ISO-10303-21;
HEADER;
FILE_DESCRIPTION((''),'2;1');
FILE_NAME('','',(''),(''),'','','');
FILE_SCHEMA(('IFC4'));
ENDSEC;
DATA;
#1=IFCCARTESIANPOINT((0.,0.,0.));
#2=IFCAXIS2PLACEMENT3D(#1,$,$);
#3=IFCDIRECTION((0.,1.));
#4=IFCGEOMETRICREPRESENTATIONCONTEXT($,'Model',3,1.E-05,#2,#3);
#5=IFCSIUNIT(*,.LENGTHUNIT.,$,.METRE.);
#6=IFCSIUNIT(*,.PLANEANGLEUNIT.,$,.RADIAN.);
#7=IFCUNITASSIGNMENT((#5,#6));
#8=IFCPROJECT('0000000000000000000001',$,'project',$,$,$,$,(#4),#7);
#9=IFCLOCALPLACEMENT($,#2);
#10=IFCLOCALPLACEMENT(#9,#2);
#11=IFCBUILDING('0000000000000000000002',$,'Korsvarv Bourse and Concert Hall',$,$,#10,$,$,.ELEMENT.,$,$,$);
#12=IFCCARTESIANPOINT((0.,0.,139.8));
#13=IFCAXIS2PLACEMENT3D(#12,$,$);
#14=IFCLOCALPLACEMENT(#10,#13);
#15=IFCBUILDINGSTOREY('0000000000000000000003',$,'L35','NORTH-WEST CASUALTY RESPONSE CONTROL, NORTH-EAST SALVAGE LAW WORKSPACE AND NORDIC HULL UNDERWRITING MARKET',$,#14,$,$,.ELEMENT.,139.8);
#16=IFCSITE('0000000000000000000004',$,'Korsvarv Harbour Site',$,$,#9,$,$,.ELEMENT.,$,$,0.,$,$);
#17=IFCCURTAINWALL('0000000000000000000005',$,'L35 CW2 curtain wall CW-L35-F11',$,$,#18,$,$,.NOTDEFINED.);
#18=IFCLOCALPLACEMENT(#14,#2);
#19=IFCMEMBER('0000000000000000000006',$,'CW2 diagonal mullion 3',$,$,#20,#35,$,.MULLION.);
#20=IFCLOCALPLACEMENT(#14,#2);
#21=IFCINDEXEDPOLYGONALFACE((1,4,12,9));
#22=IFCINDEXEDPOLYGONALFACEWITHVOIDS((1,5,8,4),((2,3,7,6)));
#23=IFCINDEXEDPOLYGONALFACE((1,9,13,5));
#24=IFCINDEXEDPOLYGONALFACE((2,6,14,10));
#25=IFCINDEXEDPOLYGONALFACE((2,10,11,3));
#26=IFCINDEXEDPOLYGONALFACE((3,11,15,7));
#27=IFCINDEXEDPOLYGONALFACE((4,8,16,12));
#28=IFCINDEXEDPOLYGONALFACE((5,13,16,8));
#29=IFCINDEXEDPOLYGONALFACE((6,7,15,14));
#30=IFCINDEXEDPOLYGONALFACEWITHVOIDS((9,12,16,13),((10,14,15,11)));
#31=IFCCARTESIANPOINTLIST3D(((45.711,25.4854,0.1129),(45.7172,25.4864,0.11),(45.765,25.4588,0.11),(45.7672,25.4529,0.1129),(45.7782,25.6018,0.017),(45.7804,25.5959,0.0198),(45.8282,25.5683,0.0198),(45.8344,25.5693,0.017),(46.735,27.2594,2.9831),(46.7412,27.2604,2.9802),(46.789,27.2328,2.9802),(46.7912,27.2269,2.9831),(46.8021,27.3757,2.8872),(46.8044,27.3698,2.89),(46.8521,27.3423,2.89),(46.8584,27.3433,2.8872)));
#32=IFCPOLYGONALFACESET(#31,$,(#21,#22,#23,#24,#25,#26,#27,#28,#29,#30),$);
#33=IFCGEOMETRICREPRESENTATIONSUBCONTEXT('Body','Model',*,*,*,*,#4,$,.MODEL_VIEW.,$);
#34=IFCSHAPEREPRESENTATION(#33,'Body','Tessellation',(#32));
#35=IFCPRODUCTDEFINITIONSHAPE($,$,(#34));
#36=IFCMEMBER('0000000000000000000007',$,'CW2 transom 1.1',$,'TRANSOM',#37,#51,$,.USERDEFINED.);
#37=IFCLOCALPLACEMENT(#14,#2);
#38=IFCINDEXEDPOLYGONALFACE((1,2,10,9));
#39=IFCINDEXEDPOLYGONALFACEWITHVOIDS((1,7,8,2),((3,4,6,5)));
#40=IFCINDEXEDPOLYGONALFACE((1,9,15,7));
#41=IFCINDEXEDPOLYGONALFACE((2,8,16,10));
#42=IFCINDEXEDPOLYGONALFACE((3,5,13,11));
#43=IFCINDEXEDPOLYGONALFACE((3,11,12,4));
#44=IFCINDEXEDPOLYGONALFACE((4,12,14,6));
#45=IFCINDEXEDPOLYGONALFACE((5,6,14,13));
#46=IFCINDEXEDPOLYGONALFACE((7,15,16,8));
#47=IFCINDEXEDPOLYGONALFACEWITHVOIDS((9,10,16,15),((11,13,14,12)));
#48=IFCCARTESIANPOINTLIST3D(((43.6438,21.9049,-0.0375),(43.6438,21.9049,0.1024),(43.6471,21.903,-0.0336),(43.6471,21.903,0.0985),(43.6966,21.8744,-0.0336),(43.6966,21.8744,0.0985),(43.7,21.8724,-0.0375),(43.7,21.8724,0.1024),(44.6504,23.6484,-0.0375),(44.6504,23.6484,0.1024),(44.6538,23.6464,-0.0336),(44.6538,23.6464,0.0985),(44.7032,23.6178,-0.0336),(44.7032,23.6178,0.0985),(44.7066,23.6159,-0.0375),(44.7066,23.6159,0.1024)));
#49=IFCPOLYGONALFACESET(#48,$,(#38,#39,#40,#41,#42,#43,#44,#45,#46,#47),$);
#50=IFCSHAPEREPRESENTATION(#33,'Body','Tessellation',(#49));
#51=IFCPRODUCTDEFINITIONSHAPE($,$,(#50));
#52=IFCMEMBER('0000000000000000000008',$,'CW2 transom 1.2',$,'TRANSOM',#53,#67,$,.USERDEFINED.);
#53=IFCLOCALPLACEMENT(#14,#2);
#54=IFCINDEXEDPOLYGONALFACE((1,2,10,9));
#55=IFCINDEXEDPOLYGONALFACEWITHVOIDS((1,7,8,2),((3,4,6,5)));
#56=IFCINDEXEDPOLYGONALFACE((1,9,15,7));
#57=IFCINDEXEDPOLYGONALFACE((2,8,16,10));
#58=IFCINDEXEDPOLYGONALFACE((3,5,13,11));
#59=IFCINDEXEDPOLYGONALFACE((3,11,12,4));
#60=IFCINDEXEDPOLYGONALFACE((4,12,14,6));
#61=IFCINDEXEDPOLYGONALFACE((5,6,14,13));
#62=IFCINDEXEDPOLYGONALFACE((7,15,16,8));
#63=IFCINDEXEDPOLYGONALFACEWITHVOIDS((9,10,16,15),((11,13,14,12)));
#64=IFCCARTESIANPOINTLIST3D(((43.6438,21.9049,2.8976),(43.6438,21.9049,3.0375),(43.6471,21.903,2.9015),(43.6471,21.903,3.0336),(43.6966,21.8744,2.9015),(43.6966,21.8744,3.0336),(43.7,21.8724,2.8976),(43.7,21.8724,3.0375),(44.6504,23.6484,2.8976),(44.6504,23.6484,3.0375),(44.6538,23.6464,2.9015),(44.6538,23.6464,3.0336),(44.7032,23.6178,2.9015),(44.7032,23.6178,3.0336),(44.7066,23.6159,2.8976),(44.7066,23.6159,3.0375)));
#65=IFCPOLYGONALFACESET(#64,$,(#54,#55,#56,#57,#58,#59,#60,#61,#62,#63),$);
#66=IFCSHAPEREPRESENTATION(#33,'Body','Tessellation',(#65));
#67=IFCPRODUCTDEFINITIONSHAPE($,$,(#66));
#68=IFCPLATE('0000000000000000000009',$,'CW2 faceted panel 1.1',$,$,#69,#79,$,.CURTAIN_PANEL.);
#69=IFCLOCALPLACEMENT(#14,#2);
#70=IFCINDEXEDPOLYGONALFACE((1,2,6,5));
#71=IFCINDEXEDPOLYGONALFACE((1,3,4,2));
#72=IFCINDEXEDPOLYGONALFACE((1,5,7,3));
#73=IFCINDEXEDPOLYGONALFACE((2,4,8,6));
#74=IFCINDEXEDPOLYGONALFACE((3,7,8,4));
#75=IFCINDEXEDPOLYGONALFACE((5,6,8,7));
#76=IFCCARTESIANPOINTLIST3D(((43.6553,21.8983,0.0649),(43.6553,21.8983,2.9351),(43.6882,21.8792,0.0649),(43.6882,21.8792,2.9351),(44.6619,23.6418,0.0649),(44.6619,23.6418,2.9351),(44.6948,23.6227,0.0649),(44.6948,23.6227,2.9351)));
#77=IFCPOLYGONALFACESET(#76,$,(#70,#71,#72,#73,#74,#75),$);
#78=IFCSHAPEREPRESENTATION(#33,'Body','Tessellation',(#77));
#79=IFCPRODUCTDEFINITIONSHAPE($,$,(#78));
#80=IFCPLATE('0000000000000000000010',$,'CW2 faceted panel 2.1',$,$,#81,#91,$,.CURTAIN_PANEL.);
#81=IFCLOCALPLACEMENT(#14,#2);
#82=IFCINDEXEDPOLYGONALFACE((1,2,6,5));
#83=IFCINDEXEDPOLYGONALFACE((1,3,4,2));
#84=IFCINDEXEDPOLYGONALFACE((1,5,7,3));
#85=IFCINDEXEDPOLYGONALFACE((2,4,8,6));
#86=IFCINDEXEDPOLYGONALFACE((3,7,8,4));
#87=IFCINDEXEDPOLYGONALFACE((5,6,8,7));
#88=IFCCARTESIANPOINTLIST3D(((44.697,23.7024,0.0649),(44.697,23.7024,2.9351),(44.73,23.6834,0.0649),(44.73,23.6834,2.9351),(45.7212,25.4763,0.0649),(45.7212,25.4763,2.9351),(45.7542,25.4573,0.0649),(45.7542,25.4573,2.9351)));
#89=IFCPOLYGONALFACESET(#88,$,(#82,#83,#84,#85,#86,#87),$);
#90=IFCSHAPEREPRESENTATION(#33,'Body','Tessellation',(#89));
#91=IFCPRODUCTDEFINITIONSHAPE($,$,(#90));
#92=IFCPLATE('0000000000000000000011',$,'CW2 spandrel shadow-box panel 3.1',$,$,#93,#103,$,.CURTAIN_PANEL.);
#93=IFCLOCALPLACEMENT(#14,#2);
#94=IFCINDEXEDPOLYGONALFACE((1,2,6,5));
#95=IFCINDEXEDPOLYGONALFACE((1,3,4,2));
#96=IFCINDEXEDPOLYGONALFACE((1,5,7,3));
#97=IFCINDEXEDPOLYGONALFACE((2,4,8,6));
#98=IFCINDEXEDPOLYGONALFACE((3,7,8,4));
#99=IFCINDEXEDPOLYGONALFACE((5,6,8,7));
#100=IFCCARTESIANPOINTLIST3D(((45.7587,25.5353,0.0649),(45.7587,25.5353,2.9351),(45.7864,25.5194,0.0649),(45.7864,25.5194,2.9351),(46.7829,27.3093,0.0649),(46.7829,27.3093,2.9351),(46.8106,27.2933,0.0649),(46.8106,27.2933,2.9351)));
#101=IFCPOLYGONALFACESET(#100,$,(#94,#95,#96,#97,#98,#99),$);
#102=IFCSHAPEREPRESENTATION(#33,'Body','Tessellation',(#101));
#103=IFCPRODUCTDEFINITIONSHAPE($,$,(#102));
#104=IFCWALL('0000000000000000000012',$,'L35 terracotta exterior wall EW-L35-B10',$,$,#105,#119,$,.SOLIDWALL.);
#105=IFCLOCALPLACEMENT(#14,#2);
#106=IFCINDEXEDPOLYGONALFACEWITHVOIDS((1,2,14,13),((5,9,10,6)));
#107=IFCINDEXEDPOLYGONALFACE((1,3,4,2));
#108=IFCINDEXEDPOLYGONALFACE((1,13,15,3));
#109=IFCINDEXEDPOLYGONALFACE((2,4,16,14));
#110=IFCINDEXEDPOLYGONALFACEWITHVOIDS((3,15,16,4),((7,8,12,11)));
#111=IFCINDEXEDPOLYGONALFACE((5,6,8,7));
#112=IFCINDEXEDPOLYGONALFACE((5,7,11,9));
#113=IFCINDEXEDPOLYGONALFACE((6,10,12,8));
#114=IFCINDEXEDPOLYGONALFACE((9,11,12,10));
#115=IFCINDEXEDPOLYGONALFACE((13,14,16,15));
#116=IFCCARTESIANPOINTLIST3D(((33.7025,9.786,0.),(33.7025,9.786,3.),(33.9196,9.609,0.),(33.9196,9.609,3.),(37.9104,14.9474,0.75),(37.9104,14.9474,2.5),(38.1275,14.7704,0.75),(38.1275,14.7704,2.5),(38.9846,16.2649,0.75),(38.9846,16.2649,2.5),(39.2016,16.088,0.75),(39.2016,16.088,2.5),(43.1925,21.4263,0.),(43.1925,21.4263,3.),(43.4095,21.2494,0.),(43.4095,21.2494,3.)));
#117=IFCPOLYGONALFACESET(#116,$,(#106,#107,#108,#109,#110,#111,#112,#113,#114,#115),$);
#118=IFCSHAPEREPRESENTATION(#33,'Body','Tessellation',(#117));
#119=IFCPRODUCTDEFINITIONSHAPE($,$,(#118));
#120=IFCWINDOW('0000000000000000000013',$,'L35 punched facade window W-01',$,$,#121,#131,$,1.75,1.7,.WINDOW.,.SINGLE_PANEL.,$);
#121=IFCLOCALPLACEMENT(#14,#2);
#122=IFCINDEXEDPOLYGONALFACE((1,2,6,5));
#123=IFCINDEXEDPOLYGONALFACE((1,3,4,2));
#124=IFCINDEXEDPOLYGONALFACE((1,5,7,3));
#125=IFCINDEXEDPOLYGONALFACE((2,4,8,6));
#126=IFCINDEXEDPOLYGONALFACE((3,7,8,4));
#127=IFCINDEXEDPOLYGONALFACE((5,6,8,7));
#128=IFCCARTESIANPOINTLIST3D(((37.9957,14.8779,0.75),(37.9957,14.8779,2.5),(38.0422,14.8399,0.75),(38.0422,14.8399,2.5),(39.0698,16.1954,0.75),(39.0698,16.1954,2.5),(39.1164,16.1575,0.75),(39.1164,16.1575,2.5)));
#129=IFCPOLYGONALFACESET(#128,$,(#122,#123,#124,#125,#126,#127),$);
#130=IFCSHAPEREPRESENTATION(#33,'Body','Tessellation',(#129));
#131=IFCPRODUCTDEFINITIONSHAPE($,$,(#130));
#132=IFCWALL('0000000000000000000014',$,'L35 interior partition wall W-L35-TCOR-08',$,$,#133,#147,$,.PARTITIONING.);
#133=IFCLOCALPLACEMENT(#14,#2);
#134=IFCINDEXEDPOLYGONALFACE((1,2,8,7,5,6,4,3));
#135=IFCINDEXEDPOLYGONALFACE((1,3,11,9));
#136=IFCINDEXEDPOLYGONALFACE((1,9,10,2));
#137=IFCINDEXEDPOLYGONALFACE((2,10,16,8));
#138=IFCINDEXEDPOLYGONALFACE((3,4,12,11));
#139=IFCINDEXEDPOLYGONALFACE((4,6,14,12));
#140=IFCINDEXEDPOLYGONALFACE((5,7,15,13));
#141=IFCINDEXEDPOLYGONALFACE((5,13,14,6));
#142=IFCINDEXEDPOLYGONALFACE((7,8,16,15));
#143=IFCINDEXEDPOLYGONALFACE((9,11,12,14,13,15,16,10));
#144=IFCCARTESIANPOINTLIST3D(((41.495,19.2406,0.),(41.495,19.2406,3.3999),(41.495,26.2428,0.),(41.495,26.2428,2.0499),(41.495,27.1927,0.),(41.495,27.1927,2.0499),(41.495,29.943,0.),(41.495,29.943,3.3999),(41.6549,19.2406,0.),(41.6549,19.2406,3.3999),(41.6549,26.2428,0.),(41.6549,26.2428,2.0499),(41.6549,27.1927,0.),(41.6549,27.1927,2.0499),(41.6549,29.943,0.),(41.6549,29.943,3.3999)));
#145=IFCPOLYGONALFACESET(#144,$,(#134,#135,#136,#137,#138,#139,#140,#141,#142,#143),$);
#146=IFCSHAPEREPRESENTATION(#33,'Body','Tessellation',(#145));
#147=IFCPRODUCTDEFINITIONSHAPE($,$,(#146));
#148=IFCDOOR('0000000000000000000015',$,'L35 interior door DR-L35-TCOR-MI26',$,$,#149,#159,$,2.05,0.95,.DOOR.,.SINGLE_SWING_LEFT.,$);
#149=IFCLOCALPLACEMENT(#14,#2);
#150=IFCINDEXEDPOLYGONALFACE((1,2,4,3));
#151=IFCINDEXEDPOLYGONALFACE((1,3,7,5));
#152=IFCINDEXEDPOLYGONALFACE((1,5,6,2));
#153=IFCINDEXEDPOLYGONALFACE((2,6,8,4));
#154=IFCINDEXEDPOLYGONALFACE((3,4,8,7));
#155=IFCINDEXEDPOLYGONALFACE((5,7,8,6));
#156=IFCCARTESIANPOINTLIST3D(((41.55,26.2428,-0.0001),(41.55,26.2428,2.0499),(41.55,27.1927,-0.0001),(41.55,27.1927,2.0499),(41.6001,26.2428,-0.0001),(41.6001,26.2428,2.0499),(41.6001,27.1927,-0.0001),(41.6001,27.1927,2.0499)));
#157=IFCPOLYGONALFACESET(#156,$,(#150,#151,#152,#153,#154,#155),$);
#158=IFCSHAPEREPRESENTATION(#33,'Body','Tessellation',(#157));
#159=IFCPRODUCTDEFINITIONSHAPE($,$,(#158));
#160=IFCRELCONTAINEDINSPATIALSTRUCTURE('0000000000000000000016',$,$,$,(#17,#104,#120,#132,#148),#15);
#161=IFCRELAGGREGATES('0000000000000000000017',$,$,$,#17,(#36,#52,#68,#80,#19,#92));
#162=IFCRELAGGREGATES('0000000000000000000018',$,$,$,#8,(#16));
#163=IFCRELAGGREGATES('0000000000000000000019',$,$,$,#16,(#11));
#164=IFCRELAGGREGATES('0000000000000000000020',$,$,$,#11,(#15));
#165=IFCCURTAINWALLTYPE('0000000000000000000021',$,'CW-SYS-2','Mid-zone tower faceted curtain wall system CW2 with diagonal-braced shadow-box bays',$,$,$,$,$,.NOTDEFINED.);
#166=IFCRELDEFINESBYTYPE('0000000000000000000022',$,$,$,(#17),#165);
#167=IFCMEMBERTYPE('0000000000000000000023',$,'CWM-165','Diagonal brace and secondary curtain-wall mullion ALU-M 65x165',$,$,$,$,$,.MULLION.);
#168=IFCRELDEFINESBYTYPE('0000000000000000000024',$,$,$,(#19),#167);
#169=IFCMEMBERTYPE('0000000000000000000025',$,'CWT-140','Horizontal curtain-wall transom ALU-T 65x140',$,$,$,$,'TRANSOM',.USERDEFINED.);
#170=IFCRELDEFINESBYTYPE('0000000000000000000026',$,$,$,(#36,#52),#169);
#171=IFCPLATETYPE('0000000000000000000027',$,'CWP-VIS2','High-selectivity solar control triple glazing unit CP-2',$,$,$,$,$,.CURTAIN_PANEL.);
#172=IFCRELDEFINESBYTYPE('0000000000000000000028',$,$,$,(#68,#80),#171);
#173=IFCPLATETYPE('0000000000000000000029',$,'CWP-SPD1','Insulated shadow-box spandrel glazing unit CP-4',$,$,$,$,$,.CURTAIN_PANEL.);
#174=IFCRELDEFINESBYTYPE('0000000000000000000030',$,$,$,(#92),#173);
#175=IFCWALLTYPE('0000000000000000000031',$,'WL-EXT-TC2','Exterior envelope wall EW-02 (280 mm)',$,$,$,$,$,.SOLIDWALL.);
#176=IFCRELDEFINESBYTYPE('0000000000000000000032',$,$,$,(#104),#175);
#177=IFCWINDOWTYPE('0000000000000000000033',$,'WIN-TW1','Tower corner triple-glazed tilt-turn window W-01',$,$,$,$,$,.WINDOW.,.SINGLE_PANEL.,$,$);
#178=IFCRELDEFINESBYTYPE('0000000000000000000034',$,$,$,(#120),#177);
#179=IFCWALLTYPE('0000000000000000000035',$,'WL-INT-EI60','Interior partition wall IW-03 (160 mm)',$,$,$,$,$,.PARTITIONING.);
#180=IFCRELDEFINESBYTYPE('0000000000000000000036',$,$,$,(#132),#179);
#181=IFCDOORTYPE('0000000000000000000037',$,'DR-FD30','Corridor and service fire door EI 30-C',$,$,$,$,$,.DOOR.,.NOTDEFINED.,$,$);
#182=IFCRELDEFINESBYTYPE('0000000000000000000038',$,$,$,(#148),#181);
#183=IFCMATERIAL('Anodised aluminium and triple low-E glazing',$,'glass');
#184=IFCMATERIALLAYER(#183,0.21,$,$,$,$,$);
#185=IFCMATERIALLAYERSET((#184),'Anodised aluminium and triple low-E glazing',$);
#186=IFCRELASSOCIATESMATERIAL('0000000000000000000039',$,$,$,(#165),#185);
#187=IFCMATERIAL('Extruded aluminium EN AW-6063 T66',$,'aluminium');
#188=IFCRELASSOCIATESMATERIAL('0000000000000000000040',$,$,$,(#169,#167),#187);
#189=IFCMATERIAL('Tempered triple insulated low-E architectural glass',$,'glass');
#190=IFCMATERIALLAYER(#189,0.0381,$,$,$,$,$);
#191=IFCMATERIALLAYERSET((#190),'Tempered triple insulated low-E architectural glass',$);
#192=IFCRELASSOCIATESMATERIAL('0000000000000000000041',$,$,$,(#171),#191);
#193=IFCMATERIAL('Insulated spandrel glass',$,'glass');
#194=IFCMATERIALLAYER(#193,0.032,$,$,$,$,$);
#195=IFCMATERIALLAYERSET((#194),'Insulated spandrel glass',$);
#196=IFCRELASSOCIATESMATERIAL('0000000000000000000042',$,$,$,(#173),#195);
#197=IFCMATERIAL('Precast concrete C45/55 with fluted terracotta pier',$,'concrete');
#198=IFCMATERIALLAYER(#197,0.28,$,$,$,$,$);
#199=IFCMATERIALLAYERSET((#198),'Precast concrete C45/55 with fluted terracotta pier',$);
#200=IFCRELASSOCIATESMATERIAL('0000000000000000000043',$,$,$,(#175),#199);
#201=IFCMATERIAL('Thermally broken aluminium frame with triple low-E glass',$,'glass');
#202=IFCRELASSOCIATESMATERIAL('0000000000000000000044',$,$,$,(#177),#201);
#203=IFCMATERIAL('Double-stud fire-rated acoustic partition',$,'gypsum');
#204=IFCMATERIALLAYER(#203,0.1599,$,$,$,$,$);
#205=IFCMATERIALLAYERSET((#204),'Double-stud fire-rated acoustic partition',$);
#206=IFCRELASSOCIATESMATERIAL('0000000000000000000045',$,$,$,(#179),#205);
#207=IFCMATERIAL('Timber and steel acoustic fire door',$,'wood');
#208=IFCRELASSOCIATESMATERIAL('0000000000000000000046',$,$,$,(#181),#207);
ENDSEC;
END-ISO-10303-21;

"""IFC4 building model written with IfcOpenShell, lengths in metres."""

from ifc_helpers import new_model, si_unit, direction, frame, frame_2d, origin, origin_2d, place, context, subcontext, project, spatial, rectangle, hollow_rectangle, extrude, source, transform, mapped, material, layer, layer_set, material_profile, profile_set, type_object, element, fill, aggregate, save


model = new_model("IFC4")

# Units and contexts
model_context = context("Model", 3, precision=1e-05, world=origin(), true_north=direction((0.0, 1.0)))
body_context = subcontext(model_context, "Body", "Model", "MODEL_VIEW")
ifc_project = project(units=[si_unit("LENGTHUNIT", "METRE"), si_unit("PLANEANGLEUNIT", "RADIAN")], contexts=[model_context])

# Site, building, storey
site_placement = place(None, origin())
site = spatial("IfcSite", under=ifc_project, at=site_placement, Name="Korsvarv Harbour Site", CompositionType="ELEMENT", RefElevation=0.0)
building_placement = place(site_placement, origin())
building = spatial("IfcBuilding", under=site, at=building_placement, Name="Korsvarv Bourse and Concert Hall", CompositionType="ELEMENT")
storey_placement = place(building_placement, frame((0.0, 0.0, 139.8)))
storey = spatial("IfcBuildingStorey", under=building, at=storey_placement, Name="L35", Description="NORTH-WEST CASUALTY RESPONSE CONTROL, NORTH-EAST SALVAGE LAW WORKSPACE AND NORDIC HULL UNDERWRITING MARKET", CompositionType="ELEMENT", Elevation=139.8)

# Curtain wall, members, plates
ifc_material_1 = material(Name="Anodised aluminium and triple low-E glazing", Category="glass")
ifc_layer_1 = layer(ifc_material_1, 0.21)
ifc_layer_set_1 = layer_set([ifc_layer_1], Name="Anodised aluminium and triple low-E glazing")
curtain_wall_type = type_object("IfcCurtainWallType", Name="CW-SYS-2", Description="Mid-zone tower faceted curtain wall system CW2 with diagonal-braced shadow-box bays", PredefinedType="NOTDEFINED", material=ifc_layer_set_1)
curtain_wall_placement = place(storey_placement, origin())
curtain_wall = element("IfcCurtainWall", 1, at=curtain_wall_placement, inside=storey, type_object=curtain_wall_type, Name="L35 CW2 curtain wall CW-L35-F11", PredefinedType="NOTDEFINED")
ifc_material_2 = material(Name="Extruded aluminium EN AW-6063 T66", Category="aluminium")
ifc_material_profile_1 = material_profile(ifc_material_2, hollow_rectangle(XDim=0.0649, YDim=0.1399, WallThickness=0.0039, at=origin_2d()), Name="ALU-T 65x140")
ifc_profile_set_1 = profile_set([ifc_material_profile_1], Name="Extruded aluminium EN AW-6063 T66")
member_type_1 = type_object("IfcMemberType", Name="CWT-140", Description="Horizontal curtain-wall transom ALU-T 65x140", ElementType="TRANSOM", PredefinedType="USERDEFINED", material=ifc_profile_set_1)
ifc_material_profile_2 = material_profile(ifc_material_2, hollow_rectangle(XDim=0.0649, YDim=0.165, WallThickness=0.0049, at=origin_2d()), Name="ALU-M 65x165")
ifc_profile_set_2 = profile_set([ifc_material_profile_2], Name="Extruded aluminium EN AW-6063 T66")
member_type_2 = type_object("IfcMemberType", Name="CWM-165", Description="Diagonal brace and secondary curtain-wall mullion ALU-M 65x165", PredefinedType="MULLION", material=ifc_profile_set_2)
shared_shape_1 = source(origin(), body_context, "Body", "SweptSolid", [
    extrude(hollow_rectangle(XDim=0.0649, YDim=0.165, WallThickness=0.0049, at=origin_2d()), origin(), (0.0, 0.0, 1.0), 3.5261),
])
member_1_placement = place(storey_placement, frame((45.7727, 25.5273, 0.0649), z_axis=(0.290391, 0.503096, 0.813982), x_axis=(-0.866078, 0.499908, 0.0)))
member_1 = element("IfcMember", 2, at=member_1_placement, type_object=member_type_2, Name="CW2 diagonal mullion 3", PredefinedType="MULLION", context=body_context, shape_type="MappedRepresentation", body=[
    mapped(shared_shape_1, transform((0.0, 0.0, 0.0), scale=1.0)),
])
shared_shape_2 = source(origin(), body_context, "Body", "SweptSolid", [
    extrude(hollow_rectangle(XDim=0.0649, YDim=0.1399, WallThickness=0.0039, at=origin_2d()), origin(), (0.0, 0.0, 1.0), 2.0132),
])
member_2_placement = place(storey_placement, frame((43.6719, 21.8887, 0.0325), z_axis=(0.500013, 0.866018, 0.0), x_axis=(-0.866018, 0.500013, 0.0)))
member_2 = element("IfcMember", 3, at=member_2_placement, type_object=member_type_1, Name="CW2 transom 1.1", ObjectType="TRANSOM", PredefinedType="USERDEFINED", context=body_context, shape_type="MappedRepresentation", body=[
    mapped(shared_shape_2, transform((0.0, 0.0, 0.0), scale=1.0)),
])
member_3_placement = place(storey_placement, frame((43.6719, 21.8887, 2.9675), z_axis=(0.500013, 0.866018, 0.0), x_axis=(-0.866018, 0.500013, 0.0)))
member_3 = element("IfcMember", 4, at=member_3_placement, type_object=member_type_1, Name="CW2 transom 1.2", ObjectType="TRANSOM", PredefinedType="USERDEFINED", context=body_context, shape_type="MappedRepresentation", body=[
    mapped(shared_shape_2, transform((0.0, 0.0, 0.0), scale=1.0)),
])
ifc_material_3 = material(Name="Tempered triple insulated low-E architectural glass", Category="glass")
ifc_layer_2 = layer(ifc_material_3, 0.0381)
ifc_layer_set_2 = layer_set([ifc_layer_2], Name="Tempered triple insulated low-E architectural glass")
plate_type_1 = type_object("IfcPlateType", Name="CWP-VIS2", Description="High-selectivity solar control triple glazing unit CP-2", PredefinedType="CURTAIN_PANEL", material=ifc_layer_set_2)
shared_shape_3 = source(origin(), body_context, "Body", "SweptSolid", [
    extrude(rectangle(XDim=2.0132, YDim=0.0381, at=origin_2d()), origin(), (0.0, 0.0, 1.0), 2.8701),
])
plate_1_placement = place(storey_placement, frame((44.175, 22.7605, 0.0649), z_axis=(0.0, 0.0, 1.0), x_axis=(0.5, 0.866025, 0.0)))
plate_1 = element("IfcPlate", 5, at=plate_1_placement, type_object=plate_type_1, Name="CW2 faceted panel 1.1", PredefinedType="CURTAIN_PANEL", context=body_context, shape_type="MappedRepresentation", body=[
    mapped(shared_shape_3, transform((0.0, 0.0, 0.0), scale=1.0)),
])
shared_shape_4 = source(origin(), body_context, "Body", "SweptSolid", [
    extrude(rectangle(XDim=2.0483, YDim=0.0381, at=origin_2d()), origin(), (0.0, 0.0, 1.0), 2.8701),
])
plate_2_placement = place(storey_placement, frame((45.2256, 24.5798, 0.0649), z_axis=(0.0, 0.0, 1.0), x_axis=(0.5, 0.866025, 0.0)))
plate_2 = element("IfcPlate", 6, at=plate_2_placement, type_object=plate_type_1, Name="CW2 faceted panel 2.1", PredefinedType="CURTAIN_PANEL", context=body_context, shape_type="MappedRepresentation", body=[
    mapped(shared_shape_4, transform((0.0, 0.0, 0.0), scale=1.0)),
])
ifc_material_4 = material(Name="Insulated spandrel glass", Category="glass")
ifc_layer_3 = layer(ifc_material_4, 0.032)
ifc_layer_set_3 = layer_set([ifc_layer_3], Name="Insulated spandrel glass")
plate_type_2 = type_object("IfcPlateType", Name="CWP-SPD1", Description="Insulated shadow-box spandrel glazing unit CP-4", PredefinedType="CURTAIN_PANEL", material=ifc_layer_set_3)
shared_shape_5 = source(origin(), body_context, "Body", "SweptSolid", [
    extrude(rectangle(XDim=2.0483, YDim=0.032, at=origin_2d()), origin(), (0.0, 0.0, 1.0), 2.8701),
])
plate_3_placement = place(storey_placement, frame((46.2847, 26.4143, 0.0649), z_axis=(0.0, 0.0, 1.0), x_axis=(0.5, 0.866025, 0.0)))
plate_3 = element("IfcPlate", 7, at=plate_3_placement, type_object=plate_type_2, Name="CW2 spandrel shadow-box panel 3.1", PredefinedType="CURTAIN_PANEL", context=body_context, shape_type="MappedRepresentation", body=[
    mapped(shared_shape_5, transform((0.0, 0.0, 0.0), scale=1.0)),
])
aggregate(curtain_wall, [member_2, member_3, plate_1, plate_2, member_1, plate_3])

# Wall, opening, window
ifc_material_5 = material(Name="Precast concrete C45/55 with fluted terracotta pier", Category="concrete")
ifc_layer_4 = layer(ifc_material_5, 0.28)
ifc_layer_set_4 = layer_set([ifc_layer_4], Name="Precast concrete C45/55 with fluted terracotta pier")
wall_type_1 = type_object("IfcWallType", Name="WL-EXT-TC2", Description="Exterior envelope wall EW-02 (280 mm)", PredefinedType="SOLIDWALL", material=ifc_layer_set_4)
wall_1_placement = place(storey_placement, frame((33.811, 9.6975, 0.0), z_axis=(0.0, 0.0, 1.0), x_axis=(0.631882, 0.775064, 0.0)))
wall_1 = element("IfcWall", 8, at=wall_1_placement, inside=storey, type_object=wall_type_1, Name="L35 terracotta exterior wall EW-L35-B10", PredefinedType="SOLIDWALL", context=body_context, shape_type="SweptSolid", body=[
    extrude(rectangle(XDim=15.0186, YDim=0.28, at=frame_2d((7.5093, 0.0))), origin(), (0.0, 0.0, 1.0), 3.0),
])
opening_1_placement = place(wall_1_placement, frame((6.6592, 0.0, 0.75)))
opening_1 = element("IfcOpeningElement", 9, at=opening_1_placement, cuts=wall_1, PredefinedType="OPENING", context=body_context, shape_type="SweptSolid", body=[
    extrude(rectangle(XDim=1.7, YDim=1.75, at=frame_2d((0.8501, 0.875))), frame((0.0, 0.1499, 0.0), z_axis=(0.0, -1.0, 0.0), x_axis=(1.0, 0.0, 0.0)), (0.0, 0.0, 1.0), 0.3),
])
ifc_material_6 = material(Name="Thermally broken aluminium frame with triple low-E glass", Category="glass")
window_type = type_object("IfcWindowType", Name="WIN-TW1", Description="Tower corner triple-glazed tilt-turn window W-01", PartitioningType="SINGLE_PANEL", PredefinedType="WINDOW", material=ifc_material_6)
window_placement = place(opening_1_placement, origin())
window = element("IfcWindow", 10, at=window_placement, inside=storey, type_object=window_type, Name="L35 punched facade window W-01", OverallHeight=1.75, OverallWidth=1.7, PartitioningType="SINGLE_PANEL", PredefinedType="WINDOW", context=body_context, shape_type="SweptSolid", body=[
    extrude(rectangle(XDim=1.7, YDim=1.75, at=frame_2d((0.8501, 0.875))), frame((0.0, 0.03, 0.0), z_axis=(0.0, -1.0, 0.0), x_axis=(1.0, 0.0, 0.0)), (0.0, 0.0, 1.0), 0.0601),
])
fill(opening_1, window)

# Wall, opening, door
ifc_material_7 = material(Name="Double-stud fire-rated acoustic partition", Category="gypsum")
ifc_layer_5 = layer(ifc_material_7, 0.1599)
ifc_layer_set_5 = layer_set([ifc_layer_5], Name="Double-stud fire-rated acoustic partition")
wall_type_2 = type_object("IfcWallType", Name="WL-INT-EI60", Description="Interior partition wall IW-03 (160 mm)", PredefinedType="PARTITIONING", material=ifc_layer_set_5)
wall_2_placement = place(storey_placement, frame((41.575, 19.2407, 0.0), z_axis=(0.0, 0.0, 1.0), x_axis=(0.0, 1.0, 0.0)))
wall_2 = element("IfcWall", 11, at=wall_2_placement, inside=storey, type_object=wall_type_2, Name="L35 interior partition wall W-L35-TCOR-08", PredefinedType="PARTITIONING", context=body_context, shape_type="SweptSolid", body=[
    extrude(rectangle(XDim=10.7024, YDim=0.1599, at=frame_2d((5.3511, 0.0))), origin(), (0.0, 0.0, 1.0), 3.3999),
])
opening_2_placement = place(wall_2_placement, frame((7.002, 0.0, 0.0)))
opening_2 = element("IfcOpeningElement", 12, at=opening_2_placement, cuts=wall_2, PredefinedType="OPENING", context=body_context, shape_type="SweptSolid", body=[
    extrude(rectangle(XDim=0.95, YDim=2.05, at=frame_2d((0.4751, 1.0249))), frame((0.0, 0.0898, 0.0), z_axis=(0.0, -1.0, 0.0), x_axis=(1.0, 0.0, 0.0)), (0.0, 0.0, 1.0), 0.1799),
])
ifc_material_8 = material(Name="Timber and steel acoustic fire door", Category="wood")
door_type_1 = type_object("IfcDoorType", Name="DR-FD30", Description="Corridor and service fire door EI 30-C", OperationType="NOTDEFINED", PredefinedType="DOOR", material=ifc_material_8)
door_1_placement = place(opening_2_placement, origin())
door_1 = element("IfcDoor", 13, at=door_1_placement, inside=storey, type_object=door_type_1, Name="L35 interior door DR-L35-TCOR-MI26", OperationType="SINGLE_SWING_LEFT", OverallHeight=2.05, OverallWidth=0.95, PredefinedType="DOOR", context=body_context, shape_type="SweptSolid", body=[
    extrude(rectangle(XDim=0.95, YDim=2.05, at=frame_2d((0.4751, 1.0249))), frame((0.0, 0.0249, 0.0), z_axis=(0.0, -1.0, 0.0), x_axis=(1.0, 0.0, 0.0)), (0.0, 0.0, 1.0), 0.05),
])
fill(opening_2, door_1)

save(model, "model.ifc")
